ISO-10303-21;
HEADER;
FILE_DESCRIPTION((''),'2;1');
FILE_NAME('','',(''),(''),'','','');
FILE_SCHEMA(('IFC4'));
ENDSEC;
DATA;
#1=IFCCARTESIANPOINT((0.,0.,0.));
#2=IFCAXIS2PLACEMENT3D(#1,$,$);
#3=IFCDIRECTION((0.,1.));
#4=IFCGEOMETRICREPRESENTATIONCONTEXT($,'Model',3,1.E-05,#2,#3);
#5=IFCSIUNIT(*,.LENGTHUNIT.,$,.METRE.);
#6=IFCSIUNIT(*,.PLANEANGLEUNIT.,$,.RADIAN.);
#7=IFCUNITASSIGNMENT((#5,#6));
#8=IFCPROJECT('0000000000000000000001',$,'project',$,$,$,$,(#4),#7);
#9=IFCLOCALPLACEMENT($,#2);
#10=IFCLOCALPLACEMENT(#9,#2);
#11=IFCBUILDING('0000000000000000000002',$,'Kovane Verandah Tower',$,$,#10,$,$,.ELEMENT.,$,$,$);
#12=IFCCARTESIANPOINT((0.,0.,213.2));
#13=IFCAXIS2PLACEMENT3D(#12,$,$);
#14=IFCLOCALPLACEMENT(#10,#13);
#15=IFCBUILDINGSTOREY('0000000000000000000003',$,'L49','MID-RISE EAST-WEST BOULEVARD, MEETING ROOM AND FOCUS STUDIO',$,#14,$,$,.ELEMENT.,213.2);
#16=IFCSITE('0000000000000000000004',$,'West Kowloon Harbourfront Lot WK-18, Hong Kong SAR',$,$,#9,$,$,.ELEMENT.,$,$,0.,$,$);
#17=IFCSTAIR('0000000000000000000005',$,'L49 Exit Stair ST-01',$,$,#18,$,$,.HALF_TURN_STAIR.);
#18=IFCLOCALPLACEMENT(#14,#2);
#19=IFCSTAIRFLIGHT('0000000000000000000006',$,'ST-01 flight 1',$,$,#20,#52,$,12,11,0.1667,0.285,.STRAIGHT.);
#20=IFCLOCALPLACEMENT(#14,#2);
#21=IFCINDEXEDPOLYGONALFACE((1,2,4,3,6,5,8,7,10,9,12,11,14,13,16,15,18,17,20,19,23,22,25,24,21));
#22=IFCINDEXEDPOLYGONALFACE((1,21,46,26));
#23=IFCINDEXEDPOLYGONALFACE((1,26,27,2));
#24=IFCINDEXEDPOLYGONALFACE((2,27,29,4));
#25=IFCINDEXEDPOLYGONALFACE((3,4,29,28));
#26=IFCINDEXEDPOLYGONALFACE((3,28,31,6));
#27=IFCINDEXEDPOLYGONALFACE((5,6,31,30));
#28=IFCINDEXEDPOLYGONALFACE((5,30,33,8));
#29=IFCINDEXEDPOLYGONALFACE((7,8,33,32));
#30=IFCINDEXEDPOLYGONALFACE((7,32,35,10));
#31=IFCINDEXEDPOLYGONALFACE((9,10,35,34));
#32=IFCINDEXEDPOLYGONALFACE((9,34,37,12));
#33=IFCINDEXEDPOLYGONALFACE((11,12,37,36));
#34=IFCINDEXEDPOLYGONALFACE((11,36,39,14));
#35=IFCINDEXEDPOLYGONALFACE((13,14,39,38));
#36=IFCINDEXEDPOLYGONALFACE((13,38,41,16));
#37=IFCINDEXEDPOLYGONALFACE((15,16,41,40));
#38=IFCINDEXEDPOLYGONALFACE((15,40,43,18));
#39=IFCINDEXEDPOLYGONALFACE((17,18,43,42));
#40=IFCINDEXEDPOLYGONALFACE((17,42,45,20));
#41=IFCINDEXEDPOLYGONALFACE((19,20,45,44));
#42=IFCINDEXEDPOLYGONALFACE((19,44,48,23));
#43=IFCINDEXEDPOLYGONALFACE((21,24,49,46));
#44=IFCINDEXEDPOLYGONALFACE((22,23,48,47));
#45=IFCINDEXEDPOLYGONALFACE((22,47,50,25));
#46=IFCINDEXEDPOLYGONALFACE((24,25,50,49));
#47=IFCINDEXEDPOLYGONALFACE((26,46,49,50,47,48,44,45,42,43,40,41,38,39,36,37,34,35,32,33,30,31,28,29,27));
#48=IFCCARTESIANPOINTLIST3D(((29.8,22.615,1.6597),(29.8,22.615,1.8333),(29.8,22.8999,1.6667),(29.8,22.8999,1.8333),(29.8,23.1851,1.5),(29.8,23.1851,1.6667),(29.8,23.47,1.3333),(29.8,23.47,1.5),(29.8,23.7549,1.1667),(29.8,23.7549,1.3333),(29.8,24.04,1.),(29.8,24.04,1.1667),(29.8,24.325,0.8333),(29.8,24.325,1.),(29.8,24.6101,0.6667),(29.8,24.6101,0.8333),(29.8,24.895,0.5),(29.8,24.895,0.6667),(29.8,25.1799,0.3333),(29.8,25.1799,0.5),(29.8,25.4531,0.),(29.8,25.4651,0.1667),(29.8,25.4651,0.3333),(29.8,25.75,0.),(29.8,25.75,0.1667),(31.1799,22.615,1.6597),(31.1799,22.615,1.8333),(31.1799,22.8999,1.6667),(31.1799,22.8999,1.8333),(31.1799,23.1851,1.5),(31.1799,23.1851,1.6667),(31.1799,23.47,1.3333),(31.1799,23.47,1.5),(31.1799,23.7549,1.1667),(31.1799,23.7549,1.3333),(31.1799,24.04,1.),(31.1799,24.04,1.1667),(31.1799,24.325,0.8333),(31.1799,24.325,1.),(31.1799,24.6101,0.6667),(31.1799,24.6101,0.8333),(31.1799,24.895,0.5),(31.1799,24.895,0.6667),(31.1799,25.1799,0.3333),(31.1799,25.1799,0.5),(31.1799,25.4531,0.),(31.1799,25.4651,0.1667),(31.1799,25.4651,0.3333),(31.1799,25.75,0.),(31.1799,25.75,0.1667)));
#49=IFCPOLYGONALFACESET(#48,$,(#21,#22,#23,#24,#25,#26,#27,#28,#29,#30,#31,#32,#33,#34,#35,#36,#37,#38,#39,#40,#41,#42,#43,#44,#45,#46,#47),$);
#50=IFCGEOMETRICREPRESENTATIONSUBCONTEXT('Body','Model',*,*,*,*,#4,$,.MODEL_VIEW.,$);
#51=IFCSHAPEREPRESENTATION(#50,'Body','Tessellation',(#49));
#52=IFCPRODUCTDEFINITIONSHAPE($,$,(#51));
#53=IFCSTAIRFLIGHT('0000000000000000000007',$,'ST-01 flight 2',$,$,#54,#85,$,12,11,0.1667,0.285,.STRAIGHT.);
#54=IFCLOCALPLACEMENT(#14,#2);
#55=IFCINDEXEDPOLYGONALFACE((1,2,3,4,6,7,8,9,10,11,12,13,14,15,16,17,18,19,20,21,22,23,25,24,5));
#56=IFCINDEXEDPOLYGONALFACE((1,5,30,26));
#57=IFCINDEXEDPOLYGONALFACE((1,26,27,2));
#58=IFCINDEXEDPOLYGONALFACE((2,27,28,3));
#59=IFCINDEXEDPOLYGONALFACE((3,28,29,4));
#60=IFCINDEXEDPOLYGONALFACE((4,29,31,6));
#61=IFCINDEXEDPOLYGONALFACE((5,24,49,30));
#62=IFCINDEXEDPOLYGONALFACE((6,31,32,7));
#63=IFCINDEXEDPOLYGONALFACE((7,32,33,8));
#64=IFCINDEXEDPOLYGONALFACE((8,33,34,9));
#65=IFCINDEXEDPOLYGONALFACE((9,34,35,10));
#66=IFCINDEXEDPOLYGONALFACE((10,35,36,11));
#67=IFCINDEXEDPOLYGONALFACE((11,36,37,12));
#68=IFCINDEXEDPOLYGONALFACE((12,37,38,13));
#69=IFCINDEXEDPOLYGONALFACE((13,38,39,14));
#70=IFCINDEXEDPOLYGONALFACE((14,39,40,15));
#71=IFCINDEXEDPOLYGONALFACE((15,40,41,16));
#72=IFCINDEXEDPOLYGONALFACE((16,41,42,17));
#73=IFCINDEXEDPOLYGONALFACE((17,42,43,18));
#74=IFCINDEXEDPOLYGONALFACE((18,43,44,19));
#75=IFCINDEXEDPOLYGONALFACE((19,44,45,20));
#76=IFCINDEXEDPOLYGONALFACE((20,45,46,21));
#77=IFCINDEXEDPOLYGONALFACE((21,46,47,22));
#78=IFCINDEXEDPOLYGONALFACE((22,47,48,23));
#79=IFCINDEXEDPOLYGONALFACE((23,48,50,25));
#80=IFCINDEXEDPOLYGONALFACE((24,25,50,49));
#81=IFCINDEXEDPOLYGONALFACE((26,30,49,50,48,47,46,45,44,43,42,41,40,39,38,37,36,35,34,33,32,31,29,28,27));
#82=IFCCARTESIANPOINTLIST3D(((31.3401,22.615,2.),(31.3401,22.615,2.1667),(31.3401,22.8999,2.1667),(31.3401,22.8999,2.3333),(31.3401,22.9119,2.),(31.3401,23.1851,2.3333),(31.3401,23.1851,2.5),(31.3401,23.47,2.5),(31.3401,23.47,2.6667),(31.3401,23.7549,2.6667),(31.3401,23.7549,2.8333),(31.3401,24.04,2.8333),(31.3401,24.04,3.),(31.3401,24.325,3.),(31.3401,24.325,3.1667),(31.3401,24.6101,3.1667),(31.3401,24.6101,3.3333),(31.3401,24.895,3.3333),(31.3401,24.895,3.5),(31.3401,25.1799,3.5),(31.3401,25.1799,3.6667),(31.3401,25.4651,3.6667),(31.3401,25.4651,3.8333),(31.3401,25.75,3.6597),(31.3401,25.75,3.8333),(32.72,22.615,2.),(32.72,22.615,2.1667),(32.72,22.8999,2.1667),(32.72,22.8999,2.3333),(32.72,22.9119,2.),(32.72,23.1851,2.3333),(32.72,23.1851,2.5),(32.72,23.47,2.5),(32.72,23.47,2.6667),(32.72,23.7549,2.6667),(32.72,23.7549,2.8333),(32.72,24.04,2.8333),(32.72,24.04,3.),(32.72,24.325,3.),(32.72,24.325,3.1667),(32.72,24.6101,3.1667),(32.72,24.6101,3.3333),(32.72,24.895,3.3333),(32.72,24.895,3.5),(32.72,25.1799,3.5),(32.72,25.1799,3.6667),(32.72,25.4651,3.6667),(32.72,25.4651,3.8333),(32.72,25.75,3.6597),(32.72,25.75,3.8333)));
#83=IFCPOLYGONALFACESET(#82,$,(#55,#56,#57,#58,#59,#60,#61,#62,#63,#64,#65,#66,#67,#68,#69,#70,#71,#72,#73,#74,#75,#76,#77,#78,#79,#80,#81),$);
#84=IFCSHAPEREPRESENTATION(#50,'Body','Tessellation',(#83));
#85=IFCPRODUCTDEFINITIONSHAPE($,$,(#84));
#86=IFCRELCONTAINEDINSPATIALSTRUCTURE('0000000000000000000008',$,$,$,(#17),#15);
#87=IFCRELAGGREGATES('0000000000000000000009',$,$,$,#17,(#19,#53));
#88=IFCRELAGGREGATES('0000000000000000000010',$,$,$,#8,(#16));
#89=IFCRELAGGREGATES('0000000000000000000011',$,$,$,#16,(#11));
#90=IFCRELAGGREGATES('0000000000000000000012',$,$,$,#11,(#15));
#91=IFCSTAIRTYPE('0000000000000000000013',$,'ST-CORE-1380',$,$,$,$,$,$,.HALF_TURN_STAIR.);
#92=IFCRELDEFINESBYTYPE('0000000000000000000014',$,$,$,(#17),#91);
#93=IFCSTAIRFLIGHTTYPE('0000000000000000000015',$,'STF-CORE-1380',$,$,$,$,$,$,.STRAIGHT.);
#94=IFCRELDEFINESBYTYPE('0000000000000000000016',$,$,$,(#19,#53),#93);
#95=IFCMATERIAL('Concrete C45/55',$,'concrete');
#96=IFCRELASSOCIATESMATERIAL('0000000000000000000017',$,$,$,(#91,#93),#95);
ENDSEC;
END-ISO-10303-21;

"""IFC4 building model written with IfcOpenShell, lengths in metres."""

from ifc_helpers import new_model, si_unit, direction, frame, origin, place, context, subcontext, project, spatial, polyline, outline, extrude, material, type_object, element, aggregate, save


model = new_model("IFC4")

# Units and contexts
model_context = context("Model", 3, precision=1e-05, world=origin(), true_north=direction((0.0, 1.0)))
body_context = subcontext(model_context, "Body", "Model", "MODEL_VIEW")
ifc_project = project(units=[si_unit("LENGTHUNIT", "METRE"), si_unit("PLANEANGLEUNIT", "RADIAN")], contexts=[model_context])

# Site, building, storey
site_placement = place(None, origin())
site = spatial("IfcSite", under=ifc_project, at=site_placement, Name="West Kowloon Harbourfront Lot WK-18, Hong Kong SAR", CompositionType="ELEMENT", RefElevation=0.0)
building_placement = place(site_placement, origin())
building = spatial("IfcBuilding", under=site, at=building_placement, Name="Kovane Verandah Tower", CompositionType="ELEMENT")
storey_placement = place(building_placement, frame((0.0, 0.0, 213.2)))
storey = spatial("IfcBuildingStorey", under=building, at=storey_placement, Name="L49", Description="MID-RISE EAST-WEST BOULEVARD, MEETING ROOM AND FOCUS STUDIO", CompositionType="ELEMENT", Elevation=213.2)

# Shared definitions
ifc_material_1 = material(Name="Concrete C45/55", Category="concrete")

# Stair, stair flights
stair_type = type_object("IfcStairType", Name="ST-CORE-1380", PredefinedType="HALF_TURN_STAIR", material=ifc_material_1)
stair_placement = place(storey_placement, origin())
stair = element("IfcStair", 1, at=stair_placement, inside=storey, type_object=stair_type, Name="L49 Exit Stair ST-01", PredefinedType="HALF_TURN_STAIR")
stair_flight_type = type_object("IfcStairFlightType", Name="STF-CORE-1380", PredefinedType="STRAIGHT", material=ifc_material_1)
stair_flight_1_placement = place(storey_placement, frame((30.49, 25.75, 0.0), z_axis=(0.0, 0.0, 1.0), x_axis=(0.0, -1.0, 0.0)))
stair_flight_1 = element("IfcStairFlight", 2, at=stair_flight_1_placement, type_object=stair_flight_type, Name="ST-01 flight 1", NumberOfRisers=12, NumberOfTreads=11, PredefinedType="STRAIGHT", RiserHeight=0.1667, TreadLength=0.285, context=body_context, shape_type="SweptSolid", body=[
    extrude(outline(polyline([(0.0, 0.0), (0.0, 0.1667), (0.2849, 0.1667), (0.2849, 0.3333), (0.5701, 0.3333), (0.5701, 0.5), (0.855, 0.5), (0.855, 0.6667), (1.1399, 0.6667), (1.1399, 0.8333), (1.425, 0.8333), (1.425, 1.0), (1.71, 1.0), (1.71, 1.1667), (1.9951, 1.1667), (1.9951, 1.3333), (2.28, 1.3333), (2.28, 1.5), (2.5649, 1.5), (2.5649, 1.6667), (2.8501, 1.6667), (2.8501, 1.8333), (3.135, 1.8333), (3.135, 2.0), (3.135, 1.6597), (0.2969, 0.0), (0.0, 0.0)])), frame((0.0, 0.6899, 0.0), z_axis=(0.0, -1.0, 0.0), x_axis=(1.0, 0.0, 0.0)), (0.0, 0.0, 1.0), 1.3799),
])
stair_flight_2_placement = place(storey_placement, frame((32.03, 22.615, 2.0), z_axis=(0.0, 0.0, 1.0), x_axis=(0.0, 1.0, 0.0)))
stair_flight_2 = element("IfcStairFlight", 3, at=stair_flight_2_placement, type_object=stair_flight_type, Name="ST-01 flight 2", NumberOfRisers=12, NumberOfTreads=11, PredefinedType="STRAIGHT", RiserHeight=0.1667, TreadLength=0.285, context=body_context, shape_type="SweptSolid", body=[
    extrude(outline(polyline([(0.0, 0.0), (0.0, 0.1667), (0.2849, 0.1667), (0.2849, 0.3333), (0.5701, 0.3333), (0.5701, 0.5), (0.855, 0.5), (0.855, 0.6667), (1.1399, 0.6667), (1.1399, 0.8333), (1.425, 0.8333), (1.425, 1.0), (1.71, 1.0), (1.71, 1.1667), (1.9951, 1.1667), (1.9951, 1.3333), (2.28, 1.3333), (2.28, 1.5), (2.5649, 1.5), (2.5649, 1.6667), (2.8501, 1.6667), (2.8501, 1.8333), (3.135, 1.8333), (3.135, 2.0), (3.135, 1.6597), (0.2969, 0.0), (0.0, 0.0)])), frame((0.0, 0.6899, 0.0), z_axis=(0.0, -1.0, 0.0), x_axis=(1.0, 0.0, 0.0)), (0.0, 0.0, 1.0), 1.3799),
])
aggregate(stair, [stair_flight_1, stair_flight_2])

save(model, "model.ifc")
